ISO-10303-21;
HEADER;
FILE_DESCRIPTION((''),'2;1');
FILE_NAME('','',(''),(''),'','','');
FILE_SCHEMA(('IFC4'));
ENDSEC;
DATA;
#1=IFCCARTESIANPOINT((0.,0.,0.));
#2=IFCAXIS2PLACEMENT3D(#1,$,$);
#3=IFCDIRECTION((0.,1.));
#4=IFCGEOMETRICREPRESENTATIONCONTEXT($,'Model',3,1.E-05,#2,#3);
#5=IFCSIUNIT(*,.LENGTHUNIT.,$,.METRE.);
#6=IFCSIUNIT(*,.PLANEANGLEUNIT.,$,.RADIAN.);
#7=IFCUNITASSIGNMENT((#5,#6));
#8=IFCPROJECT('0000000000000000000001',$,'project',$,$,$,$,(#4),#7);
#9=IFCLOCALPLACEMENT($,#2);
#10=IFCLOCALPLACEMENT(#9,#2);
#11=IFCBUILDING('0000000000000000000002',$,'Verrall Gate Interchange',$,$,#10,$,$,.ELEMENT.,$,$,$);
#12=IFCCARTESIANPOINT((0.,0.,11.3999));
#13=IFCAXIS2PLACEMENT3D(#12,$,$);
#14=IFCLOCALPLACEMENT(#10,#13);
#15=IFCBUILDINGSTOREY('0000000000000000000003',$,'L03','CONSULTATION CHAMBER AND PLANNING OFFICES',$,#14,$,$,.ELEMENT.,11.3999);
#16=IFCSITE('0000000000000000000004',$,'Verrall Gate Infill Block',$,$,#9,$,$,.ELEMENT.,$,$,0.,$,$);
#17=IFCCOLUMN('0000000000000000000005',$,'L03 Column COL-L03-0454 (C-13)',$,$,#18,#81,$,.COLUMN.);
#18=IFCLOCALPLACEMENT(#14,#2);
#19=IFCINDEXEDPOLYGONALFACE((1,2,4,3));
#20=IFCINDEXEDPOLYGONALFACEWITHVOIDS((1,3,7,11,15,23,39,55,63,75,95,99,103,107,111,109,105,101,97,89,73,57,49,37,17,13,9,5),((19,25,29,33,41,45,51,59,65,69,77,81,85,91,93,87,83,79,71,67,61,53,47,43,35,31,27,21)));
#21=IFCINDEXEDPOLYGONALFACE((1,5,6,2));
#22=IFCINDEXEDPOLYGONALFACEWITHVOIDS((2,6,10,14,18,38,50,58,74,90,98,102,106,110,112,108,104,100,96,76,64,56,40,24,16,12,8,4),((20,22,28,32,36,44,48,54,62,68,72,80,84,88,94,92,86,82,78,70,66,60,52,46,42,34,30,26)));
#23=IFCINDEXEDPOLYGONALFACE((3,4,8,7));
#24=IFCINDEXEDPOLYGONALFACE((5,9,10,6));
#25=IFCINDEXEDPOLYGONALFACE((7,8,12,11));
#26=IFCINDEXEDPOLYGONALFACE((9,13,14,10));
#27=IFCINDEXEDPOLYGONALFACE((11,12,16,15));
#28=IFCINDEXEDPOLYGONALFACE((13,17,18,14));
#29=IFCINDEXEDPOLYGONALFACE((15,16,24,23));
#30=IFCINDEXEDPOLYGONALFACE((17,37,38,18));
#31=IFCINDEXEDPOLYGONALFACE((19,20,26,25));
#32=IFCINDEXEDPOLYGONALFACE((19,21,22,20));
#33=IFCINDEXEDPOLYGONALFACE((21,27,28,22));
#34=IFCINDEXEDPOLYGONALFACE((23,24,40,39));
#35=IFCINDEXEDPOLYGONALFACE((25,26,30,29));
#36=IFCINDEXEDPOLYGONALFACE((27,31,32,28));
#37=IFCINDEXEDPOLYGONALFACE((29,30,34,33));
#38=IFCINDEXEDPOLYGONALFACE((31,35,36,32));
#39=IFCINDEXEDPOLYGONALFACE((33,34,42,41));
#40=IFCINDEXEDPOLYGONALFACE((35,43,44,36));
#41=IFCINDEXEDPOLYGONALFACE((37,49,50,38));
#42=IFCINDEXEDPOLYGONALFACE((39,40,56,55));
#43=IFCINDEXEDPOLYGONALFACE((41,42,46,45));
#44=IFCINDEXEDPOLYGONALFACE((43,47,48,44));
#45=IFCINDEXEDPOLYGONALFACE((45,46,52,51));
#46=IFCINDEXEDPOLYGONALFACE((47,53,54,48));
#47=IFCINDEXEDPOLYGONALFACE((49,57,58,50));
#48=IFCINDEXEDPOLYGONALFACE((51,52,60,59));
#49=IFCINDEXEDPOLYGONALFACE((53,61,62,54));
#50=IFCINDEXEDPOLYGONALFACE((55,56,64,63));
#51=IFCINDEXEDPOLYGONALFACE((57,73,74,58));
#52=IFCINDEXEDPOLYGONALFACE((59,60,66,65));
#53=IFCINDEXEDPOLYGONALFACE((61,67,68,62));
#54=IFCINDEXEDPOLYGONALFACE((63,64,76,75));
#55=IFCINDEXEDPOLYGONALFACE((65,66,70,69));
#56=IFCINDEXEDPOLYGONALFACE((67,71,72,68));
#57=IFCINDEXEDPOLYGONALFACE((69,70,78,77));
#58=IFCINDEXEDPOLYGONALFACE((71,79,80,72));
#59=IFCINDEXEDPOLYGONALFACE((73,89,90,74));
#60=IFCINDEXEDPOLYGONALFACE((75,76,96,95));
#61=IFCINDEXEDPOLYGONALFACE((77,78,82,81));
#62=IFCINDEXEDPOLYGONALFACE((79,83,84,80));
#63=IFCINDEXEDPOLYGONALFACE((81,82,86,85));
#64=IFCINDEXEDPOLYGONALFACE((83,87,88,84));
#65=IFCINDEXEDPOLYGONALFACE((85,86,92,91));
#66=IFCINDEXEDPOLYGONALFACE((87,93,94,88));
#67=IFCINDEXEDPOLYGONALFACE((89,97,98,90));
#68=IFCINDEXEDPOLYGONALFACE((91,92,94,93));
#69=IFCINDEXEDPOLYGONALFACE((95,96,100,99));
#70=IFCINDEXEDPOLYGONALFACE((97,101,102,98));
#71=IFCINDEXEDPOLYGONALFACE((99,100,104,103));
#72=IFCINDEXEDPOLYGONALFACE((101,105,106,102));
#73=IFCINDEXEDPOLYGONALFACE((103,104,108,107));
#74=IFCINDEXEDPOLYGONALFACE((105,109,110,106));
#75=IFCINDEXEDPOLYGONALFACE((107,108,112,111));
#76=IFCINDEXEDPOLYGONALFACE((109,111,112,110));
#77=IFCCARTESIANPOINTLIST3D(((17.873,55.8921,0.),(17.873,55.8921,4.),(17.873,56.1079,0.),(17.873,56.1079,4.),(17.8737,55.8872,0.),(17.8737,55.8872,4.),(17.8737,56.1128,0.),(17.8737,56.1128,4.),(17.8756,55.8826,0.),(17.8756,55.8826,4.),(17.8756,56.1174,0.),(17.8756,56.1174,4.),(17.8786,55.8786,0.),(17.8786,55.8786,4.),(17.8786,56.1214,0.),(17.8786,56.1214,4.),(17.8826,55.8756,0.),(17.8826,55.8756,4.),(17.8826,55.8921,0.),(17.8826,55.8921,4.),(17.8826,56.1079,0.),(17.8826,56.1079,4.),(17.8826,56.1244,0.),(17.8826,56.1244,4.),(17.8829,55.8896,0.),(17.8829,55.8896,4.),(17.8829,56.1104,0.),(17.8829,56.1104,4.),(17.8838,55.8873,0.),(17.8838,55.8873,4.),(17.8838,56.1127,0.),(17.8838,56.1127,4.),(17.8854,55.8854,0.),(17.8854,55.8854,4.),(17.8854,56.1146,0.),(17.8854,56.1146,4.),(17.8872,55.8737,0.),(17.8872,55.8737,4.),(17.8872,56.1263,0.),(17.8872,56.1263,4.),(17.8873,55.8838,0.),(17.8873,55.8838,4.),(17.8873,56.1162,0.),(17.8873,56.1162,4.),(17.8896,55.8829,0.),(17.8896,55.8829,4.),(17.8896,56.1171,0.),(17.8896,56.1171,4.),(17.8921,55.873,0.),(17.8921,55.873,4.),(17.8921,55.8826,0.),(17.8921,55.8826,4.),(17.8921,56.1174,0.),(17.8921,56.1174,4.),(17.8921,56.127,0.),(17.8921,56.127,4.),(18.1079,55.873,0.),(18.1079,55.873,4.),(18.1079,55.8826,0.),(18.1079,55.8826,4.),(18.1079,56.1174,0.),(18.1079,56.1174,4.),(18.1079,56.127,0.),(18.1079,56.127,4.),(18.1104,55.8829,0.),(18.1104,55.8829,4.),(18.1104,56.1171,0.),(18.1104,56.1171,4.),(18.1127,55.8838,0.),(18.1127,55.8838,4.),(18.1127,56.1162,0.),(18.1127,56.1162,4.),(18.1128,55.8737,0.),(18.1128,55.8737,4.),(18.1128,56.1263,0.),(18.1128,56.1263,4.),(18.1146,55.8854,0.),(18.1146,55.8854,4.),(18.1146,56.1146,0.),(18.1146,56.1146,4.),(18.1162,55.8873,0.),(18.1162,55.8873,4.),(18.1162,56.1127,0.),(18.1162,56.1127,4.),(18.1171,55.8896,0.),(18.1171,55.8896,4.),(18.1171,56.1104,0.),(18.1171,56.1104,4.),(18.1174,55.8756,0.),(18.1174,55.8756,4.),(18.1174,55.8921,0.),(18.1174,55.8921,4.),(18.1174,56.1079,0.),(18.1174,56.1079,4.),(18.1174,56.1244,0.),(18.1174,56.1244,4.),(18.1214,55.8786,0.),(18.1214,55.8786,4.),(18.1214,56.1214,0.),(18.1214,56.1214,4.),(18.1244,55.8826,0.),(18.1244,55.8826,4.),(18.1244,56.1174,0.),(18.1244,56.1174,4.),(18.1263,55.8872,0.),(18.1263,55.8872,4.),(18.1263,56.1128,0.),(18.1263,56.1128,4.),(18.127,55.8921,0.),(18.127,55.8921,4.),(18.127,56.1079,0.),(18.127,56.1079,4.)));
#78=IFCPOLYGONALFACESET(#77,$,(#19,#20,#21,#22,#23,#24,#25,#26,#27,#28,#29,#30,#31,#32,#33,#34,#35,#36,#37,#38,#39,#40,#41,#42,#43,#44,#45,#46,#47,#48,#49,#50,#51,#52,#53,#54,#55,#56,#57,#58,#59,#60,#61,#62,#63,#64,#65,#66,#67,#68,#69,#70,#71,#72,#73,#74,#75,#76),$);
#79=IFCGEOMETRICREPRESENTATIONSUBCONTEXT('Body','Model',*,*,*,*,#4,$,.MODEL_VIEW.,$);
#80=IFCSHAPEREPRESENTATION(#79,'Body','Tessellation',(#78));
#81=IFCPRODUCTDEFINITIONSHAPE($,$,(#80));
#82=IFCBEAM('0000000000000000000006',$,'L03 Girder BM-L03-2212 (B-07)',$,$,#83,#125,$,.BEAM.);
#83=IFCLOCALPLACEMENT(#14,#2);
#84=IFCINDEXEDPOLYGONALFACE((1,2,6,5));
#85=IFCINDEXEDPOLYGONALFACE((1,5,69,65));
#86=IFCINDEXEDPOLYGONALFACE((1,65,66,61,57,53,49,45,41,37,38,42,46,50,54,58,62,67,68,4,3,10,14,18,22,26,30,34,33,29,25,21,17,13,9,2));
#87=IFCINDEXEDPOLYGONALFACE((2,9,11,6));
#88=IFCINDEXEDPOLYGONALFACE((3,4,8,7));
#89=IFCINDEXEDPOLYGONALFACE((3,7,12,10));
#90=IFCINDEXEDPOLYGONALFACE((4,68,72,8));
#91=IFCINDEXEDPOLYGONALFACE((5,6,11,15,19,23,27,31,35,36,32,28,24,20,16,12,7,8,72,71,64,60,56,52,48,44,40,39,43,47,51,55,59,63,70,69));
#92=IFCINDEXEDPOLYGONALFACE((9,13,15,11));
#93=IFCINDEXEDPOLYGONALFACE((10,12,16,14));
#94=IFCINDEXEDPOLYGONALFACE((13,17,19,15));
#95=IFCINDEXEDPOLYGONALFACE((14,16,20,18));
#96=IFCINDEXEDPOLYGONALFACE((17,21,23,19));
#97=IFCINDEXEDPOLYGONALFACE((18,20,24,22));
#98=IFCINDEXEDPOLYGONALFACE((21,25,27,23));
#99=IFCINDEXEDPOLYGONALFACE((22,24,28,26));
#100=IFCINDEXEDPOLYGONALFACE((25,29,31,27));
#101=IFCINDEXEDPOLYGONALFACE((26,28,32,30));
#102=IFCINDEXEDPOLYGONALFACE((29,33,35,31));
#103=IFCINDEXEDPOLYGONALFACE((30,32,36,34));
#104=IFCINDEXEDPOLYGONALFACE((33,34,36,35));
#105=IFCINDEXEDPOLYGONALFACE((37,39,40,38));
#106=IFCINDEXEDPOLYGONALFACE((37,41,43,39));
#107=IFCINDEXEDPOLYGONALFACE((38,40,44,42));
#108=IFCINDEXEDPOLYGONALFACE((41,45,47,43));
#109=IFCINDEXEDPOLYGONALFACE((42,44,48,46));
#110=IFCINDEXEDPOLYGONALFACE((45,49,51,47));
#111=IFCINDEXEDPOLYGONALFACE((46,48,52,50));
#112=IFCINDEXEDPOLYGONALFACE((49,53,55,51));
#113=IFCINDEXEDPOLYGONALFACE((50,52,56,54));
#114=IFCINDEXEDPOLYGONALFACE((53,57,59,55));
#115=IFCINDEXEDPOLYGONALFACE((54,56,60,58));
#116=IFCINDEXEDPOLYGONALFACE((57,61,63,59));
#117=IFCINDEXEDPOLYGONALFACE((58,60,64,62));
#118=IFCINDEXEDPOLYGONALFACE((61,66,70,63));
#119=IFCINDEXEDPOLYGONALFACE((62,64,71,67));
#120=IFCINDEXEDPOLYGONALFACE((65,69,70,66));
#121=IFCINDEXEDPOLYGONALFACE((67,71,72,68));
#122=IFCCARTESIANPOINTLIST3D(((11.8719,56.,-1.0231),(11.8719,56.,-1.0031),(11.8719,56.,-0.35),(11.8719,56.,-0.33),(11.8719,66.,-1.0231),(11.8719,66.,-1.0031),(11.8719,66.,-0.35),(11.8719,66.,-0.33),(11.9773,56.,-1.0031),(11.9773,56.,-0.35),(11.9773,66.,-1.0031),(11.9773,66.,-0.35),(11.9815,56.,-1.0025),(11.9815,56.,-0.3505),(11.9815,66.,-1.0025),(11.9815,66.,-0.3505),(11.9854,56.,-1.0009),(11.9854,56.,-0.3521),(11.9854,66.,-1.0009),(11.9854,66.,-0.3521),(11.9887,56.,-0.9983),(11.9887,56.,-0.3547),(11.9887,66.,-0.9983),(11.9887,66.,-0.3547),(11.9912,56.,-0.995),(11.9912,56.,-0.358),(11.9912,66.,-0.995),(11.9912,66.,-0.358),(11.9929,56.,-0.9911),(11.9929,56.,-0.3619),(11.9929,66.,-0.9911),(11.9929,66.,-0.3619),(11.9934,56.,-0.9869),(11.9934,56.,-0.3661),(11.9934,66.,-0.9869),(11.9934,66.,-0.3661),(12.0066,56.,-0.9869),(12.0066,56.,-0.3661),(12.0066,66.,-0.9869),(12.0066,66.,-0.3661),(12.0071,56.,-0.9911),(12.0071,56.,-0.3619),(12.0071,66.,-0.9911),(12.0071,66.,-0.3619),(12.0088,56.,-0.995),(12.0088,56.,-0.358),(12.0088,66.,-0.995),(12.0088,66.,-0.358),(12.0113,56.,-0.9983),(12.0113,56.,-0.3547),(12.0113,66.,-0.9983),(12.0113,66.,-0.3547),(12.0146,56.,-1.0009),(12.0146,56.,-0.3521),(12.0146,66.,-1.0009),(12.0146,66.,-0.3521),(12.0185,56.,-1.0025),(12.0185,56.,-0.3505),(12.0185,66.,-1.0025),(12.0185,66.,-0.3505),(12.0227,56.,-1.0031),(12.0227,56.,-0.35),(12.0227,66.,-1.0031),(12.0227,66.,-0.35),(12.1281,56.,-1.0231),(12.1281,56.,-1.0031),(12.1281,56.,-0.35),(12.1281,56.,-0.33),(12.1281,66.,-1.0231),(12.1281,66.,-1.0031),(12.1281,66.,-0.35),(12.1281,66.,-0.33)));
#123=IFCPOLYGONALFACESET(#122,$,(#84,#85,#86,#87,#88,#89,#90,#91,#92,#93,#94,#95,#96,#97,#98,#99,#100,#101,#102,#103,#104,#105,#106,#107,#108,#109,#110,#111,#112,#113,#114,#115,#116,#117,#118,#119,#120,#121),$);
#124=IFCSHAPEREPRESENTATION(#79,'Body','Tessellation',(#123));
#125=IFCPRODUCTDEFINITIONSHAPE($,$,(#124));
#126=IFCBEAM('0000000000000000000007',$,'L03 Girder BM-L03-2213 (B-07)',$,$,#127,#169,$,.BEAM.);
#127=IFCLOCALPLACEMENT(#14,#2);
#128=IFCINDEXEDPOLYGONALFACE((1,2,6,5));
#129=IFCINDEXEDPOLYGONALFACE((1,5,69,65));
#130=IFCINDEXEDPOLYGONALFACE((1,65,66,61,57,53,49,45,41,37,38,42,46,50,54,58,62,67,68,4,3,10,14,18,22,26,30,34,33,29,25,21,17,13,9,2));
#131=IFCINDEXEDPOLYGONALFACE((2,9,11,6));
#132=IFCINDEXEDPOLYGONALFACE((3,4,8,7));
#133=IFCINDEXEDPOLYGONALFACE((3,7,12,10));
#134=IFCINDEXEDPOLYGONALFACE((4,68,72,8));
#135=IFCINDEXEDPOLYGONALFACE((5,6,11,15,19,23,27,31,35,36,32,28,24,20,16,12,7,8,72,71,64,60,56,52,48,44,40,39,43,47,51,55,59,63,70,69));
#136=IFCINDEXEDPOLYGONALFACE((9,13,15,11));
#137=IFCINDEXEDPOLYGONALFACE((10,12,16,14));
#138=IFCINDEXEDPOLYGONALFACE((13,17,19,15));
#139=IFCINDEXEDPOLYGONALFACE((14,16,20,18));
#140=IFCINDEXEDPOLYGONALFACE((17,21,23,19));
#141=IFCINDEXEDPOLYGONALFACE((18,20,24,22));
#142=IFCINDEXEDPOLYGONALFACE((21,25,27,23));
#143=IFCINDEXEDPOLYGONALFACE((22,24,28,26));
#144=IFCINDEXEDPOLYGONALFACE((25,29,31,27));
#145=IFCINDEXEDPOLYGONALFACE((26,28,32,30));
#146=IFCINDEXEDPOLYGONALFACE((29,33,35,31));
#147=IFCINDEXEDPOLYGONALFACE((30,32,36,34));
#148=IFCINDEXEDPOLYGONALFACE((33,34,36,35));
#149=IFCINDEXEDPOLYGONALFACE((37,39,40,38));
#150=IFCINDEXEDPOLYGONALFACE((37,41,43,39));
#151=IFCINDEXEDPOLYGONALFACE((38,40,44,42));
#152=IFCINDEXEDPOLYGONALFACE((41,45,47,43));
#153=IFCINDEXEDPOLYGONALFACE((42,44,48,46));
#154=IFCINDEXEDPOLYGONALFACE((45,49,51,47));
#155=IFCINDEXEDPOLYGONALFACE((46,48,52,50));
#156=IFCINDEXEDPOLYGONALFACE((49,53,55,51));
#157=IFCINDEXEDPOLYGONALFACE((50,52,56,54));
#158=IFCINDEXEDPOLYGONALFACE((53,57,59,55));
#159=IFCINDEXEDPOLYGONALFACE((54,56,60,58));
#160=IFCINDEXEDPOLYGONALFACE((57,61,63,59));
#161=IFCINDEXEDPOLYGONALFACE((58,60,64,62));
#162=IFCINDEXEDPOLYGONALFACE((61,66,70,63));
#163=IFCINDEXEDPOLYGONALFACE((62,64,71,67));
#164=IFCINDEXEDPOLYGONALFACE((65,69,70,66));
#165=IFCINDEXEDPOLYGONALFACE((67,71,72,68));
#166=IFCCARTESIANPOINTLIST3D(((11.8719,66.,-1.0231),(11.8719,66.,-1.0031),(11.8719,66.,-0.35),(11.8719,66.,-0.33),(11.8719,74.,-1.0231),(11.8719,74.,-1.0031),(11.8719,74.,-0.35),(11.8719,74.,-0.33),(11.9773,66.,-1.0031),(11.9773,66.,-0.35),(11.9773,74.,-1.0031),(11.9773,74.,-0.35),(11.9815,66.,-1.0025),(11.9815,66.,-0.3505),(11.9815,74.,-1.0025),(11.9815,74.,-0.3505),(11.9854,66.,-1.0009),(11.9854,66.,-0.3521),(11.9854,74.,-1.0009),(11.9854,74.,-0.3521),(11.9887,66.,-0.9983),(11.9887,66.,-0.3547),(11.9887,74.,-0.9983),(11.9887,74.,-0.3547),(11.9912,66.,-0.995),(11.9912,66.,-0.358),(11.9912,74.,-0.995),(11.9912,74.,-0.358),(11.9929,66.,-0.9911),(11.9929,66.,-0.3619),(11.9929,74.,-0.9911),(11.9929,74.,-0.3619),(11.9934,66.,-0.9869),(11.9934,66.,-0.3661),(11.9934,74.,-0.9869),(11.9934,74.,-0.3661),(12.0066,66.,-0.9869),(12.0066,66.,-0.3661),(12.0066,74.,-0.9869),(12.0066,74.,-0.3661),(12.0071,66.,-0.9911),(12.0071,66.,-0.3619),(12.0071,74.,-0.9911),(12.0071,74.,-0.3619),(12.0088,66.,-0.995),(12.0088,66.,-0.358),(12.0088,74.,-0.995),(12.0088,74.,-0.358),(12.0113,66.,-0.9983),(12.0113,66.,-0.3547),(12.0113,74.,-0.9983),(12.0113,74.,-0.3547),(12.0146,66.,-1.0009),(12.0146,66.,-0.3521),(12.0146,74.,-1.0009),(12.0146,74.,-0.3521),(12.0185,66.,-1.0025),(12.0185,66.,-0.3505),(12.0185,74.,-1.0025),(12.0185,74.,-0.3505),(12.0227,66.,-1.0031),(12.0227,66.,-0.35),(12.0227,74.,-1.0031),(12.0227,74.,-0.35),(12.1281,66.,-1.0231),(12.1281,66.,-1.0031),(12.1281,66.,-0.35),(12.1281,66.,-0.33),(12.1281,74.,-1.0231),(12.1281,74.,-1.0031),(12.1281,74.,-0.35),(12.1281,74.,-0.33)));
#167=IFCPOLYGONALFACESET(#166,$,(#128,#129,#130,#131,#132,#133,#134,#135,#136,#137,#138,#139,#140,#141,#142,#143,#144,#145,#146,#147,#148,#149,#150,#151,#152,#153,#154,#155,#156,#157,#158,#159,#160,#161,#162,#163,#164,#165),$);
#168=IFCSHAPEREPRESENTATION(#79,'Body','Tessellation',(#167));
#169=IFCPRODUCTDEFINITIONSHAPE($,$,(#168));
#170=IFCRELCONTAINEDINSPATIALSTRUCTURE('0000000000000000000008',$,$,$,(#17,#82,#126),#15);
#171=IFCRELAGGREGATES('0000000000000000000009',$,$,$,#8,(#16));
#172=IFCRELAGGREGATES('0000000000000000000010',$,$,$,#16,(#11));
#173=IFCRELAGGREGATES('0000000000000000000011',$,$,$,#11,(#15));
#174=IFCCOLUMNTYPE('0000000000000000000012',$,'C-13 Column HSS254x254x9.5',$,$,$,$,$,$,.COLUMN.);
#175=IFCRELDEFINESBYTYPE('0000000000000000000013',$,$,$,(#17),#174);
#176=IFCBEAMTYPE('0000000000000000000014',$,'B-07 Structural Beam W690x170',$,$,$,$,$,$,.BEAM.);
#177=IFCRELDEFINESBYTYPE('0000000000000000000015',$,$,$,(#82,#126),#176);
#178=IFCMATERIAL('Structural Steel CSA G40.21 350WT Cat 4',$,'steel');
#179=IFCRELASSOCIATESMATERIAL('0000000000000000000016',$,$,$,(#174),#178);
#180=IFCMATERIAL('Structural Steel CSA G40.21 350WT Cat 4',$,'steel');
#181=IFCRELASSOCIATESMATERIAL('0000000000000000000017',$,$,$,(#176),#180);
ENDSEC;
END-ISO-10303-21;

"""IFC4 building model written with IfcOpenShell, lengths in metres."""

from ifc_helpers import new_model, si_unit, direction, frame, origin, origin_2d, place, context, subcontext, project, spatial, hollow_rectangle, i_section, extrude, material, material_profile, profile_set, type_object, element, save


model = new_model("IFC4")

# Units and contexts
model_context = context("Model", 3, precision=1e-05, world=origin(), true_north=direction((0.0, 1.0)))
body_context = subcontext(model_context, "Body", "Model", "MODEL_VIEW")
ifc_project = project(units=[si_unit("LENGTHUNIT", "METRE"), si_unit("PLANEANGLEUNIT", "RADIAN")], contexts=[model_context])

# Site, building, storey
site_placement = place(None, origin())
site = spatial("IfcSite", under=ifc_project, at=site_placement, Name="Verrall Gate Infill Block", CompositionType="ELEMENT", RefElevation=0.0)
building_placement = place(site_placement, origin())
building = spatial("IfcBuilding", under=site, at=building_placement, Name="Verrall Gate Interchange", CompositionType="ELEMENT")
storey_placement = place(building_placement, frame((0.0, 0.0, 11.3999)))
storey = spatial("IfcBuildingStorey", under=building, at=storey_placement, Name="L03", Description="CONSULTATION CHAMBER AND PLANNING OFFICES", CompositionType="ELEMENT", Elevation=11.3999)

# Column
ifc_material_1 = material(Name="Structural Steel CSA G40.21 350WT Cat 4", Category="steel")
ifc_material_profile_1 = material_profile(ifc_material_1, hollow_rectangle(XDim=0.2539, YDim=0.2539, WallThickness=0.0095, InnerFilletRadius=0.0095, OuterFilletRadius=0.019, at=origin_2d()), Name="HSS254x254x9.5")
ifc_profile_set_1 = profile_set([ifc_material_profile_1], Name="Structural Steel CSA G40.21 350WT Cat 4")
column_type_1 = type_object("IfcColumnType", Name="C-13 Column HSS254x254x9.5", PredefinedType="COLUMN", material=ifc_profile_set_1)
for number, where, z_axis, x_axis, name in (
    (1, (18.0, 56.0, 0.0), (0.0, 0.0, 1.0), (1.0, 0.0, 0.0), "L03 Column COL-L03-0454 (C-13)"),
):
    element("IfcColumn", number, at=place(storey_placement, frame(where, z_axis=z_axis, x_axis=x_axis)), inside=storey, type_object=column_type_1, Name=name, PredefinedType="COLUMN", context=body_context, shape_type="SweptSolid", body=[
        extrude(hollow_rectangle(XDim=0.2539, YDim=0.2539, WallThickness=0.0095, InnerFilletRadius=0.0095, OuterFilletRadius=0.019, at=origin_2d()), origin(), (0.0, 0.0, 1.0), 4.0),
    ])

# Beams
ifc_material_2 = material(Name="Structural Steel CSA G40.21 350WT Cat 4", Category="steel")
ifc_material_profile_2 = material_profile(ifc_material_2, i_section(OverallWidth=0.2561, OverallDepth=0.6931, WebThickness=0.0132, FlangeThickness=0.02, FilletRadius=0.0161, at=origin_2d()), Name="W690x170")
ifc_profile_set_2 = profile_set([ifc_material_profile_2], Name="Structural Steel CSA G40.21 350WT Cat 4")
beam_type_1 = type_object("IfcBeamType", Name="B-07 Structural Beam W690x170", PredefinedType="BEAM", material=ifc_profile_set_2)
beam_1_placement = place(storey_placement, frame((12.0, 56.0, -0.6765), z_axis=(0.0, 1.0, 0.0), x_axis=(-1.0, 0.0, 0.0)))
element("IfcBeam", 2, at=beam_1_placement, inside=storey, type_object=beam_type_1, Name="L03 Girder BM-L03-2212 (B-07)", PredefinedType="BEAM", context=body_context, shape_type="SweptSolid", body=[
    extrude(i_section(OverallWidth=0.2561, OverallDepth=0.6931, WebThickness=0.0132, FlangeThickness=0.02, FilletRadius=0.0161, at=origin_2d()), origin(), (0.0, 0.0, 1.0), 10.0),
])
beam_2_placement = place(storey_placement, frame((12.0, 66.0, -0.6765), z_axis=(0.0, 1.0, 0.0), x_axis=(-1.0, 0.0, 0.0)))
element("IfcBeam", 3, at=beam_2_placement, inside=storey, type_object=beam_type_1, Name="L03 Girder BM-L03-2213 (B-07)", PredefinedType="BEAM", context=body_context, shape_type="SweptSolid", body=[
    extrude(i_section(OverallWidth=0.2561, OverallDepth=0.6931, WebThickness=0.0132, FlangeThickness=0.02, FilletRadius=0.0161, at=origin_2d()), origin(), (0.0, 0.0, 1.0), 8.0),
])

save(model, "model.ifc")
